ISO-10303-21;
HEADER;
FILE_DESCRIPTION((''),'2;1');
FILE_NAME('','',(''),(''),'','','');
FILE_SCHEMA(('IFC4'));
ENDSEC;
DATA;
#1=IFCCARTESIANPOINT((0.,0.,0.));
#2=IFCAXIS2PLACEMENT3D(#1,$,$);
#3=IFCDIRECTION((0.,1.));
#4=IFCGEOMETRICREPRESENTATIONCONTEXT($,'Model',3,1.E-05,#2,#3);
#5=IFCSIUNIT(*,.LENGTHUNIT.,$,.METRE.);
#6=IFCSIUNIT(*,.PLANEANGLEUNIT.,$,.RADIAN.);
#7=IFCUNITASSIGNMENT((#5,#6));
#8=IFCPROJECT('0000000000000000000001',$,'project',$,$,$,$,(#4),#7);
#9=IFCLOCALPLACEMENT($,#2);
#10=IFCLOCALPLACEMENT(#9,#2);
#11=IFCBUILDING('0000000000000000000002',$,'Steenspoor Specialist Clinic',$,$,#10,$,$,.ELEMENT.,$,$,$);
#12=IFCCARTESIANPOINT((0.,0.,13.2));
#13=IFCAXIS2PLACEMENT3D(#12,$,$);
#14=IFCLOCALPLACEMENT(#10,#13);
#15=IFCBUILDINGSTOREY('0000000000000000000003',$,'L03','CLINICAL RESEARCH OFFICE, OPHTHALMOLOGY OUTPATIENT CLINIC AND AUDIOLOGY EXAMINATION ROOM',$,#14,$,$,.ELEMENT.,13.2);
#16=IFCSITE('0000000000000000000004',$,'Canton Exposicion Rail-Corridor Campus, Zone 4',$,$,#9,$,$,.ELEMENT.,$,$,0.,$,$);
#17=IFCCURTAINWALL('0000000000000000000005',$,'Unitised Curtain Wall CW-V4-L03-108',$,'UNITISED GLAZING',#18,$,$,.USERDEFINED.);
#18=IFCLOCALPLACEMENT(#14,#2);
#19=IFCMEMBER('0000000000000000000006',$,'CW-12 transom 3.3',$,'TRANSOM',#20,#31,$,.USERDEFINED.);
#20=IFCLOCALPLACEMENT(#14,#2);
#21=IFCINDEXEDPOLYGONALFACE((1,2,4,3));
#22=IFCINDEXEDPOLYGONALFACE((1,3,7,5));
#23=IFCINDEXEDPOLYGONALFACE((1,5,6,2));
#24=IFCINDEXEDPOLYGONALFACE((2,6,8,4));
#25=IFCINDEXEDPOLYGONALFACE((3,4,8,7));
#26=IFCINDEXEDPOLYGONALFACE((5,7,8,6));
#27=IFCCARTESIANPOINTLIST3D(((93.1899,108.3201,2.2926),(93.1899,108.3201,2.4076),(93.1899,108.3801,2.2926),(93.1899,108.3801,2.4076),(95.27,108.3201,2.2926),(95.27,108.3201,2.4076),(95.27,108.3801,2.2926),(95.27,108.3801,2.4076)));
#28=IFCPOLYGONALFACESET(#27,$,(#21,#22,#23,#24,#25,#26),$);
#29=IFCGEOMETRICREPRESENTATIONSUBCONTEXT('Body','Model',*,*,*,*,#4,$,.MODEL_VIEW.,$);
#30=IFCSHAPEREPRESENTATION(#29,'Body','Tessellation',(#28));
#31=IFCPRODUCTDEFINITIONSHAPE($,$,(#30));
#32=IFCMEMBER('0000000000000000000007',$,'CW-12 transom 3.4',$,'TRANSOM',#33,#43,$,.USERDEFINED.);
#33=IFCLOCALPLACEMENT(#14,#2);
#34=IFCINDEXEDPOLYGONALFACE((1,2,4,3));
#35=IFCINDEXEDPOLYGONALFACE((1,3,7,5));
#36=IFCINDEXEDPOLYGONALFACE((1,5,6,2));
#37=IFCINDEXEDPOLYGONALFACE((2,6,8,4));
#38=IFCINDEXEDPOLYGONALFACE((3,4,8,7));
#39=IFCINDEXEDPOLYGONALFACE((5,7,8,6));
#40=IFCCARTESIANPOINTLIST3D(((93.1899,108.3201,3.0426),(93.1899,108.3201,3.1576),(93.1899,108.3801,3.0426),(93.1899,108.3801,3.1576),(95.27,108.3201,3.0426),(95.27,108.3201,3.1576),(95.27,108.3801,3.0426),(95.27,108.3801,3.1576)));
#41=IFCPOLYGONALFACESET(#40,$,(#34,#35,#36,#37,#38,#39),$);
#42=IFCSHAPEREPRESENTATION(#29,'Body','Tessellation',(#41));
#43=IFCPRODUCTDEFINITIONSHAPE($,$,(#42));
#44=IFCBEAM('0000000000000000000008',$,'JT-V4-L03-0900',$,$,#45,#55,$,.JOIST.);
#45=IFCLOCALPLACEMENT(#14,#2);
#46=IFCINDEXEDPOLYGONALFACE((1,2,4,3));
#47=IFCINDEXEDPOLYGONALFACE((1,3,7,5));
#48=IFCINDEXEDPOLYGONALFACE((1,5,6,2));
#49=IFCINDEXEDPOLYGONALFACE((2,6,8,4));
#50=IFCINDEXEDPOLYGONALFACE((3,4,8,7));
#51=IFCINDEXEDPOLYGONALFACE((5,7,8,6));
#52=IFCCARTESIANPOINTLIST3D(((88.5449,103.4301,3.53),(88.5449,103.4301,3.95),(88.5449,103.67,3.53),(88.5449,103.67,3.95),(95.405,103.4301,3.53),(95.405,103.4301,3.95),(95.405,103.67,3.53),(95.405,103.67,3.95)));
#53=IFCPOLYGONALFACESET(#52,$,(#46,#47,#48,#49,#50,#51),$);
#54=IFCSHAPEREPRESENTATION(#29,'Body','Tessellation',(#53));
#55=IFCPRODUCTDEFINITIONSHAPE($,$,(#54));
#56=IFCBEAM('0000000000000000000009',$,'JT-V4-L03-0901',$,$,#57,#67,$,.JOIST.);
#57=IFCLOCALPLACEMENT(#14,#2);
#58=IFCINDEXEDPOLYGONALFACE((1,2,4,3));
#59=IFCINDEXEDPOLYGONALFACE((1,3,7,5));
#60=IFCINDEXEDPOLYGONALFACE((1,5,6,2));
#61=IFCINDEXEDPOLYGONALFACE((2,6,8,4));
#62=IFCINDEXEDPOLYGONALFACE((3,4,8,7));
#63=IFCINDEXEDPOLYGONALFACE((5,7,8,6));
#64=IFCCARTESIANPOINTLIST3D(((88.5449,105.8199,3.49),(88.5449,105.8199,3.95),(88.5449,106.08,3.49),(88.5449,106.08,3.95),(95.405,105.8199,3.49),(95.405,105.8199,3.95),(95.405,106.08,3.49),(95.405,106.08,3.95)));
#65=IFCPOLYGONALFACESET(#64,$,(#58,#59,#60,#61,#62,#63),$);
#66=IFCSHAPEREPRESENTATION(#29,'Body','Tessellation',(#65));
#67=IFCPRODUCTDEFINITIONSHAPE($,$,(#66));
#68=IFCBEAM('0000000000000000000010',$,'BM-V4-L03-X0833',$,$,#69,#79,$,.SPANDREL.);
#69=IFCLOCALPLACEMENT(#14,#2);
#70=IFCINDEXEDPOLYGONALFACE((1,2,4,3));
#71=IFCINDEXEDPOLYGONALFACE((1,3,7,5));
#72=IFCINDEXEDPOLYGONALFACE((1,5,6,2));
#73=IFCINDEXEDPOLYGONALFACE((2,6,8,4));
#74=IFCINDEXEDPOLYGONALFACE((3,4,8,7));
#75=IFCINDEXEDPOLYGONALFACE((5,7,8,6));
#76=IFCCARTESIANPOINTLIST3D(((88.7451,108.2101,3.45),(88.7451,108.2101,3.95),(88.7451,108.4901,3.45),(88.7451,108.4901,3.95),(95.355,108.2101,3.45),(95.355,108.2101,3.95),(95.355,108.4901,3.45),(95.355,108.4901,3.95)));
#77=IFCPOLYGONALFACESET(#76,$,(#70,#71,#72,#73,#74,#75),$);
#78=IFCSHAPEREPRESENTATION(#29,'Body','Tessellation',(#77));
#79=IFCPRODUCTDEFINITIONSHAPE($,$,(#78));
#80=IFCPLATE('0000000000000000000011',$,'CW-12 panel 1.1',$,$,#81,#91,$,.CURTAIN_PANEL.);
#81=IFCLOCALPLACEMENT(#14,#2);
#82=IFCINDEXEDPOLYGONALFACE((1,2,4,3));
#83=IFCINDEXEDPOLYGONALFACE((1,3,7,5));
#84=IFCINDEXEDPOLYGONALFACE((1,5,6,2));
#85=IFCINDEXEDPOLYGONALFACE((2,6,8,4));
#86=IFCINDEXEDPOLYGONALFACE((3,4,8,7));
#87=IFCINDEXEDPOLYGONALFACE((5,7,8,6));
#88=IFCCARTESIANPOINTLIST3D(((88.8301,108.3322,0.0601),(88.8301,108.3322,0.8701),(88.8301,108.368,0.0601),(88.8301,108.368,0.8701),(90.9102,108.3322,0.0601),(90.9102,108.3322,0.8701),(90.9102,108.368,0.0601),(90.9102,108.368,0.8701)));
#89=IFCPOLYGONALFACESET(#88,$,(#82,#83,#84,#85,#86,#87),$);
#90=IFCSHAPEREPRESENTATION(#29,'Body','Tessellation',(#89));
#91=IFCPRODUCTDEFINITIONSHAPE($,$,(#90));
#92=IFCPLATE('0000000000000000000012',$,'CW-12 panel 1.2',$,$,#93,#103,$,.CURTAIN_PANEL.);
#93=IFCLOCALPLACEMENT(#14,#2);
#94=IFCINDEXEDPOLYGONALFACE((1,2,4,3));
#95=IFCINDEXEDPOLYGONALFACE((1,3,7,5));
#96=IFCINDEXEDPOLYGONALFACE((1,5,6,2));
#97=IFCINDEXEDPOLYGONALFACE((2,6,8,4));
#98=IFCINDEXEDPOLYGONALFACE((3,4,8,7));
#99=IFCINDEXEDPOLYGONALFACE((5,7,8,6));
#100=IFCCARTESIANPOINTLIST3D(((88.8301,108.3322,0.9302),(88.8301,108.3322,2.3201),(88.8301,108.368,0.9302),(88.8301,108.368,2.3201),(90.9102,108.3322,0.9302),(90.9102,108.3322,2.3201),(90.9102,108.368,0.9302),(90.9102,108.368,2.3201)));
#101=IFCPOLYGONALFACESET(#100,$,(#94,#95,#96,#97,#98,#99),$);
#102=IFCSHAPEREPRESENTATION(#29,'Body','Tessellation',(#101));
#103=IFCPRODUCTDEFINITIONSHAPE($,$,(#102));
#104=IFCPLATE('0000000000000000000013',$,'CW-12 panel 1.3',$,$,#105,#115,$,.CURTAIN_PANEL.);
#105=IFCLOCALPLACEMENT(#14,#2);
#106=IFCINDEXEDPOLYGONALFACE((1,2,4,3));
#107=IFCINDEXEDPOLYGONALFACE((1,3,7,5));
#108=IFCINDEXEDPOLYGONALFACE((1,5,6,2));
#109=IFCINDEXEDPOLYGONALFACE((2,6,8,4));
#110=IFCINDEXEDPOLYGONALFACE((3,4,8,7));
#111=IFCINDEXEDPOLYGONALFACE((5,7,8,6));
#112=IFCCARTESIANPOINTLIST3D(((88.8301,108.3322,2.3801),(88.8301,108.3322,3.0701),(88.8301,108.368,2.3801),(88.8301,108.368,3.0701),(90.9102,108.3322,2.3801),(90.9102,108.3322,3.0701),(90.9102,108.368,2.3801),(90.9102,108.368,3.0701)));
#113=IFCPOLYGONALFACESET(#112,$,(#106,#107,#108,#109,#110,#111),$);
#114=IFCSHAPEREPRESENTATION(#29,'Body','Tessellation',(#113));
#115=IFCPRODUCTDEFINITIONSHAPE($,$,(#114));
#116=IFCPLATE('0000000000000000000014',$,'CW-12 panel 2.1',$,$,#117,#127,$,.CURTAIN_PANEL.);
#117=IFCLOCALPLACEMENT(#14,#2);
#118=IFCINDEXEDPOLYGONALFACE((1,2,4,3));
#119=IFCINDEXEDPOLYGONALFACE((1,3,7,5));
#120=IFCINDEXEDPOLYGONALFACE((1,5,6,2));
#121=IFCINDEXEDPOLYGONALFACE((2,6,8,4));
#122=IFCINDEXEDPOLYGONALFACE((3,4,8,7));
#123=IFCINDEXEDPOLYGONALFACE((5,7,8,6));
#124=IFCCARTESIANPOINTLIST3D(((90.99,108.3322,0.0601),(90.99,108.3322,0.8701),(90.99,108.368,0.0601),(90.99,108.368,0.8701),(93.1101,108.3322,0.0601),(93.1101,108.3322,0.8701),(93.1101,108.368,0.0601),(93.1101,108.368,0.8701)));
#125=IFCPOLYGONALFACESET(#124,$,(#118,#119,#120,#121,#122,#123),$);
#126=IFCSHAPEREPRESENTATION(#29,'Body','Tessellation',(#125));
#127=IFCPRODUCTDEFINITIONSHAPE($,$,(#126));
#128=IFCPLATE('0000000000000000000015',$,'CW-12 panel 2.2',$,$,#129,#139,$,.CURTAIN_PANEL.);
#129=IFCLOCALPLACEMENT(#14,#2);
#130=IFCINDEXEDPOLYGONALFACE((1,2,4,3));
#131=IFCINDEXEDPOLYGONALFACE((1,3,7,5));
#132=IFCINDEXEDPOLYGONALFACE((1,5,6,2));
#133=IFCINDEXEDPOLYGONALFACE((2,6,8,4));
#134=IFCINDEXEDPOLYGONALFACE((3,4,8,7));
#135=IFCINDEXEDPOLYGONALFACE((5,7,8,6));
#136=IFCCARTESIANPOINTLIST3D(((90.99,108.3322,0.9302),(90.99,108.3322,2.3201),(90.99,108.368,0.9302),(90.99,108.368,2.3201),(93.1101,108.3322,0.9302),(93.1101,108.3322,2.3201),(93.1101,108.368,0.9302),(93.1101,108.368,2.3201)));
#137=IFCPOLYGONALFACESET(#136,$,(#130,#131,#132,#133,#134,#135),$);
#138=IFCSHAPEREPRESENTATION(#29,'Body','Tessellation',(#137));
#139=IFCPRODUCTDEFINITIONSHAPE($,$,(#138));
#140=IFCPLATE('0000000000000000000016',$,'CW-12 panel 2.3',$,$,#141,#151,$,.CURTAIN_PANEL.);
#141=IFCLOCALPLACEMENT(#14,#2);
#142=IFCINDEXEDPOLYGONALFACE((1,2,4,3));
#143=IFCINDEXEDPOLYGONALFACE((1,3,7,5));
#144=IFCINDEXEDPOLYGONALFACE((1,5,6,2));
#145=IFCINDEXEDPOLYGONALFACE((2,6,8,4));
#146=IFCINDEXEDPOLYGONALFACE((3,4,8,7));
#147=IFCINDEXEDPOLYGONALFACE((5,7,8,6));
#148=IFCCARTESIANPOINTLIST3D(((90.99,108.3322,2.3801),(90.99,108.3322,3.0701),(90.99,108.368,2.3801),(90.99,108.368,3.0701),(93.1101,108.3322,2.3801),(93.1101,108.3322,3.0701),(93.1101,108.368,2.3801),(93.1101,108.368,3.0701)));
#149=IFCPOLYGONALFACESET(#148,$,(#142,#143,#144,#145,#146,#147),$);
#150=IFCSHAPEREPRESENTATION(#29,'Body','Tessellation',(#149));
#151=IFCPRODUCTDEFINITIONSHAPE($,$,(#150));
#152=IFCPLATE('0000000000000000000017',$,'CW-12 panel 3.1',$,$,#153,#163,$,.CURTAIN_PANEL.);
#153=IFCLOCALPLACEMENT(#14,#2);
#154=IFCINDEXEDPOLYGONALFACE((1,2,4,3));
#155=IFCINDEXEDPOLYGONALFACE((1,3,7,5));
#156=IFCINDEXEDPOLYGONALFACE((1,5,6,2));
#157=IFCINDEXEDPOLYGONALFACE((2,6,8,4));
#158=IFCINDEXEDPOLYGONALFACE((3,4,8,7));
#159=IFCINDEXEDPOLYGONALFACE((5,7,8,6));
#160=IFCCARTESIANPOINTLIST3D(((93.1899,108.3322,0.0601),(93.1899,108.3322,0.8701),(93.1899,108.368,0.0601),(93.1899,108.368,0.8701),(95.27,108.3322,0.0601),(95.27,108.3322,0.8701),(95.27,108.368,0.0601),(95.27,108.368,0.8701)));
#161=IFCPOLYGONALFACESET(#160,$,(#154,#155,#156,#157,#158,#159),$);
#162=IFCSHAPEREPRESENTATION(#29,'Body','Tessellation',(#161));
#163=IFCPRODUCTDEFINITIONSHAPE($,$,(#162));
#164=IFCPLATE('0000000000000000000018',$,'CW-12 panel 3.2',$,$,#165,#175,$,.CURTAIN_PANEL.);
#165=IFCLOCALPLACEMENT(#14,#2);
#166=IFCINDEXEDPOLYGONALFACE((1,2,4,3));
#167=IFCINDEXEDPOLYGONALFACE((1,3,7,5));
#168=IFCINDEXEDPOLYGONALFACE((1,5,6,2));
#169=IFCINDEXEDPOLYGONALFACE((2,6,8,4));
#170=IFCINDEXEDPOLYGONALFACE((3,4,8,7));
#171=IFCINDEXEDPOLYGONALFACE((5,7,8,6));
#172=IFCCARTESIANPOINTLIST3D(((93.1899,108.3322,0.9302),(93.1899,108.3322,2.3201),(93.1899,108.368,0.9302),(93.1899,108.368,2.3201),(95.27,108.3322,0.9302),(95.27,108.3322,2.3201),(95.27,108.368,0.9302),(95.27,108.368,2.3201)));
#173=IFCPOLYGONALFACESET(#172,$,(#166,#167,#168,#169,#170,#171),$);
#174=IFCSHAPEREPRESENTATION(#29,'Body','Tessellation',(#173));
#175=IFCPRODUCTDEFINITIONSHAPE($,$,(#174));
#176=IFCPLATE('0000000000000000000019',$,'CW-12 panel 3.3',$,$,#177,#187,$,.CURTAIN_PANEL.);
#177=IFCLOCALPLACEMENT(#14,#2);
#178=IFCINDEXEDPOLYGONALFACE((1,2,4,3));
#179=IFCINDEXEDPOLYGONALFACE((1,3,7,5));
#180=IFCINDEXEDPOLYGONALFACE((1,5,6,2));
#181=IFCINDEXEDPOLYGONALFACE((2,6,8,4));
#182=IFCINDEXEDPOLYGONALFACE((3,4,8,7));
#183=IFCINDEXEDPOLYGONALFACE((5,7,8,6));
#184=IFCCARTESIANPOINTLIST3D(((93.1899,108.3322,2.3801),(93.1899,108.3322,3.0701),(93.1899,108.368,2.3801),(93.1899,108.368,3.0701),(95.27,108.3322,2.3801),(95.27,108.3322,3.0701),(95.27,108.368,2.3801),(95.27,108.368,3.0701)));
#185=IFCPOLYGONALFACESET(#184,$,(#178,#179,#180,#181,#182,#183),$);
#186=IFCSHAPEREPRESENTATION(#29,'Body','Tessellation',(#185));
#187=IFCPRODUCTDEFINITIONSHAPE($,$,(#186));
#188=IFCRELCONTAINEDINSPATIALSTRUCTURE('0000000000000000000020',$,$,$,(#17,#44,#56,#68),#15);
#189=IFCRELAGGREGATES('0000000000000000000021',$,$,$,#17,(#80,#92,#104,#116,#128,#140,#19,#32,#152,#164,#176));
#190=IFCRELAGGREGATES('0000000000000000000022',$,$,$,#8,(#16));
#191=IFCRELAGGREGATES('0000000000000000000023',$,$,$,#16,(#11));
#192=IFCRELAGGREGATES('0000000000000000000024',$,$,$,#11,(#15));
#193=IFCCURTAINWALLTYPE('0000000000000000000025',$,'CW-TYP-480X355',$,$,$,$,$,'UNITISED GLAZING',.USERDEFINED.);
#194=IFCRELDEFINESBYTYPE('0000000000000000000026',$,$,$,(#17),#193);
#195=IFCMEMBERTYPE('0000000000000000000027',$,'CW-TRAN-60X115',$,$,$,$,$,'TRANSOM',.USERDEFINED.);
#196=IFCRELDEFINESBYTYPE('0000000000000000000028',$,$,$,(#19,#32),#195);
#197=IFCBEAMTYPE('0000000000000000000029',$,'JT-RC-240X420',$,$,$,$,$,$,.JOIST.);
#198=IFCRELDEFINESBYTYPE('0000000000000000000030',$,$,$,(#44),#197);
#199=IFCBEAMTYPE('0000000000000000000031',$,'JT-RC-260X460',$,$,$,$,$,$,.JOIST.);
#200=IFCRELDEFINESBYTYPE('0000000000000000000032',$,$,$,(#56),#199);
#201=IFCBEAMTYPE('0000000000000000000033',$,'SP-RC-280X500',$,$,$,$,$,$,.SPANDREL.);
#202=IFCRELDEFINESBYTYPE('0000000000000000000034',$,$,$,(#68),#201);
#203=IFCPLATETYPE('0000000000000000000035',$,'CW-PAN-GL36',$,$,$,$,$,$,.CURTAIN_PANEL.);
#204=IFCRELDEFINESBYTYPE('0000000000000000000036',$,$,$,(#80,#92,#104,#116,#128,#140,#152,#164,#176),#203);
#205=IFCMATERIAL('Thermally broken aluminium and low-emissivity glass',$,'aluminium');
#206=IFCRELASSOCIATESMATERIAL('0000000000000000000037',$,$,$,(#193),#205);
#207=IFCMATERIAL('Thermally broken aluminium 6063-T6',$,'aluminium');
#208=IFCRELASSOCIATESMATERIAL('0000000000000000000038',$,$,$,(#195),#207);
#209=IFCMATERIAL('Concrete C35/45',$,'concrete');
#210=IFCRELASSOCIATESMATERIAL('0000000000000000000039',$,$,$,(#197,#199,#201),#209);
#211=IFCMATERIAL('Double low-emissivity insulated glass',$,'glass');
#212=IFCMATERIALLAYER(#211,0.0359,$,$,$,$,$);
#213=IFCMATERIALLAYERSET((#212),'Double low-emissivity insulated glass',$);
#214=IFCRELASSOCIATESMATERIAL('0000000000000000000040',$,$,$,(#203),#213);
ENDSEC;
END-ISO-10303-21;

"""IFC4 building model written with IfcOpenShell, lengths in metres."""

from ifc_helpers import new_model, si_unit, direction, frame, origin, origin_2d, place, context, subcontext, project, spatial, rectangle, extrude, material, layer, layer_set, material_profile, profile_set, type_object, element, aggregate, save


model = new_model("IFC4")

# Units and contexts
model_context = context("Model", 3, precision=1e-05, world=origin(), true_north=direction((0.0, 1.0)))
body_context = subcontext(model_context, "Body", "Model", "MODEL_VIEW")
ifc_project = project(units=[si_unit("LENGTHUNIT", "METRE"), si_unit("PLANEANGLEUNIT", "RADIAN")], contexts=[model_context])

# Site, building, storey
site_placement = place(None, origin())
site = spatial("IfcSite", under=ifc_project, at=site_placement, Name="Canton Exposicion Rail-Corridor Campus, Zone 4", CompositionType="ELEMENT", RefElevation=0.0)
building_placement = place(site_placement, origin())
building = spatial("IfcBuilding", under=site, at=building_placement, Name="Steenspoor Specialist Clinic", CompositionType="ELEMENT")
storey_placement = place(building_placement, frame((0.0, 0.0, 13.2)))
storey = spatial("IfcBuildingStorey", under=building, at=storey_placement, Name="L03", Description="CLINICAL RESEARCH OFFICE, OPHTHALMOLOGY OUTPATIENT CLINIC AND AUDIOLOGY EXAMINATION ROOM", CompositionType="ELEMENT", Elevation=13.2)

# Shared definitions
ifc_material_1 = material(Name="Concrete C35/45", Category="concrete")

# Curtain wall, members
ifc_material_2 = material(Name="Thermally broken aluminium and low-emissivity glass", Category="aluminium")
curtain_wall_type = type_object("IfcCurtainWallType", Name="CW-TYP-480X355", ElementType="UNITISED GLAZING", PredefinedType="USERDEFINED", material=ifc_material_2)
curtain_wall_placement = place(storey_placement, origin())
curtain_wall = element("IfcCurtainWall", 1, at=curtain_wall_placement, inside=storey, type_object=curtain_wall_type, Name="Unitised Curtain Wall CW-V4-L03-108", ObjectType="UNITISED GLAZING", PredefinedType="USERDEFINED")
ifc_material_3 = material(Name="Thermally broken aluminium 6063-T6", Category="aluminium")
ifc_material_profile_1 = material_profile(ifc_material_3, rectangle(XDim=0.0601, YDim=0.115, at=origin_2d()), Name="CWT-60X115")
ifc_profile_set_1 = profile_set([ifc_material_profile_1], Name="Thermally broken aluminium 6063-T6")
member_type_1 = type_object("IfcMemberType", Name="CW-TRAN-60X115", ElementType="TRANSOM", PredefinedType="USERDEFINED", material=ifc_profile_set_1)
member_1_placement = place(storey_placement, frame((93.1899, 108.3501, 2.3501), z_axis=(1.0, 0.0, 0.0), x_axis=(0.0, 1.0, 0.0)))
member_1 = element("IfcMember", 2, at=member_1_placement, type_object=member_type_1, Name="CW-12 transom 3.3", ObjectType="TRANSOM", PredefinedType="USERDEFINED", context=body_context, shape_type="SweptSolid", body=[
    extrude(rectangle(XDim=0.0601, YDim=0.115, at=origin_2d()), origin(), (0.0, 0.0, 1.0), 2.0801),
])
member_2_placement = place(storey_placement, frame((93.1899, 108.3501, 3.1001), z_axis=(1.0, 0.0, 0.0), x_axis=(0.0, 1.0, 0.0)))
member_2 = element("IfcMember", 3, at=member_2_placement, type_object=member_type_1, Name="CW-12 transom 3.4", ObjectType="TRANSOM", PredefinedType="USERDEFINED", context=body_context, shape_type="SweptSolid", body=[
    extrude(rectangle(XDim=0.0601, YDim=0.115, at=origin_2d()), origin(), (0.0, 0.0, 1.0), 2.0801),
])

# Beams
ifc_material_profile_2 = material_profile(ifc_material_1, rectangle(XDim=0.24, YDim=0.4199, at=origin_2d()), Name="RC-JT-240X420")
ifc_profile_set_2 = profile_set([ifc_material_profile_2], Name="Concrete C35/45")
beam_type_1 = type_object("IfcBeamType", Name="JT-RC-240X420", PredefinedType="JOIST", material=ifc_profile_set_2)
beam_1_placement = place(storey_placement, frame((88.5449, 103.55, 3.74), z_axis=(1.0, 0.0, 0.0), x_axis=(0.0, 1.0, 0.0)))
element("IfcBeam", 4, at=beam_1_placement, inside=storey, type_object=beam_type_1, Name="JT-V4-L03-0900", PredefinedType="JOIST", context=body_context, shape_type="SweptSolid", body=[
    extrude(rectangle(XDim=0.24, YDim=0.4199, at=origin_2d()), origin(), (0.0, 0.0, 1.0), 6.8601),
])
ifc_material_profile_3 = material_profile(ifc_material_1, rectangle(XDim=0.26, YDim=0.46, at=origin_2d()), Name="RC-JT-260X460")
ifc_profile_set_3 = profile_set([ifc_material_profile_3], Name="Concrete C35/45")
beam_type_2 = type_object("IfcBeamType", Name="JT-RC-260X460", PredefinedType="JOIST", material=ifc_profile_set_3)
beam_2_placement = place(storey_placement, frame((88.5449, 105.95, 3.72), z_axis=(1.0, 0.0, 0.0), x_axis=(0.0, 1.0, 0.0)))
element("IfcBeam", 5, at=beam_2_placement, inside=storey, type_object=beam_type_2, Name="JT-V4-L03-0901", PredefinedType="JOIST", context=body_context, shape_type="SweptSolid", body=[
    extrude(rectangle(XDim=0.26, YDim=0.46, at=origin_2d()), origin(), (0.0, 0.0, 1.0), 6.8601),
])
ifc_material_profile_4 = material_profile(ifc_material_1, rectangle(XDim=0.28, YDim=0.5, at=origin_2d()), Name="RC-SP-280X500")
ifc_profile_set_4 = profile_set([ifc_material_profile_4], Name="Concrete C35/45")
beam_type_3 = type_object("IfcBeamType", Name="SP-RC-280X500", PredefinedType="SPANDREL", material=ifc_profile_set_4)
beam_3_placement = place(storey_placement, frame((88.7451, 108.3501, 3.7), z_axis=(1.0, 0.0, 0.0), x_axis=(0.0, 1.0, 0.0)))
element("IfcBeam", 6, at=beam_3_placement, inside=storey, type_object=beam_type_3, Name="BM-V4-L03-X0833", PredefinedType="SPANDREL", context=body_context, shape_type="SweptSolid", body=[
    extrude(rectangle(XDim=0.28, YDim=0.5, at=origin_2d()), origin(), (0.0, 0.0, 1.0), 6.6099),
])

# Plates
ifc_material_4 = material(Name="Double low-emissivity insulated glass", Category="glass")
ifc_layer_1 = layer(ifc_material_4, 0.0359)
ifc_layer_set_1 = layer_set([ifc_layer_1], Name="Double low-emissivity insulated glass")
plate_type = type_object("IfcPlateType", Name="CW-PAN-GL36", PredefinedType="CURTAIN_PANEL", material=ifc_layer_set_1)
plate_1_placement = place(storey_placement, frame((89.8701, 108.3501, 0.0601), z_axis=(0.0, 0.0, 1.0), x_axis=(1.0, 0.0, 0.0)))
plate_1 = element("IfcPlate", 7, at=plate_1_placement, type_object=plate_type, Name="CW-12 panel 1.1", PredefinedType="CURTAIN_PANEL", context=body_context, shape_type="SweptSolid", body=[
    extrude(rectangle(XDim=2.0801, YDim=0.0359, at=origin_2d()), origin(), (0.0, 0.0, 1.0), 0.8101),
])
plate_2_placement = place(storey_placement, frame((89.8701, 108.3501, 0.9302), z_axis=(0.0, 0.0, 1.0), x_axis=(1.0, 0.0, 0.0)))
plate_2 = element("IfcPlate", 8, at=plate_2_placement, type_object=plate_type, Name="CW-12 panel 1.2", PredefinedType="CURTAIN_PANEL", context=body_context, shape_type="SweptSolid", body=[
    extrude(rectangle(XDim=2.0801, YDim=0.0359, at=origin_2d()), origin(), (0.0, 0.0, 1.0), 1.3899),
])
plate_3_placement = place(storey_placement, frame((89.8701, 108.3501, 2.3801), z_axis=(0.0, 0.0, 1.0), x_axis=(1.0, 0.0, 0.0)))
plate_3 = element("IfcPlate", 9, at=plate_3_placement, type_object=plate_type, Name="CW-12 panel 1.3", PredefinedType="CURTAIN_PANEL", context=body_context, shape_type="SweptSolid", body=[
    extrude(rectangle(XDim=2.0801, YDim=0.0359, at=origin_2d()), origin(), (0.0, 0.0, 1.0), 0.6899),
])
plate_4_placement = place(storey_placement, frame((92.05, 108.3501, 0.0601), z_axis=(0.0, 0.0, 1.0), x_axis=(1.0, 0.0, 0.0)))
plate_4 = element("IfcPlate", 10, at=plate_4_placement, type_object=plate_type, Name="CW-12 panel 2.1", PredefinedType="CURTAIN_PANEL", context=body_context, shape_type="SweptSolid", body=[
    extrude(rectangle(XDim=2.1201, YDim=0.0359, at=origin_2d()), origin(), (0.0, 0.0, 1.0), 0.8101),
])
plate_5_placement = place(storey_placement, frame((92.05, 108.3501, 0.9302), z_axis=(0.0, 0.0, 1.0), x_axis=(1.0, 0.0, 0.0)))
plate_5 = element("IfcPlate", 11, at=plate_5_placement, type_object=plate_type, Name="CW-12 panel 2.2", PredefinedType="CURTAIN_PANEL", context=body_context, shape_type="SweptSolid", body=[
    extrude(rectangle(XDim=2.1201, YDim=0.0359, at=origin_2d()), origin(), (0.0, 0.0, 1.0), 1.3899),
])
plate_6_placement = place(storey_placement, frame((92.05, 108.3501, 2.3801), z_axis=(0.0, 0.0, 1.0), x_axis=(1.0, 0.0, 0.0)))
plate_6 = element("IfcPlate", 12, at=plate_6_placement, type_object=plate_type, Name="CW-12 panel 2.3", PredefinedType="CURTAIN_PANEL", context=body_context, shape_type="SweptSolid", body=[
    extrude(rectangle(XDim=2.1201, YDim=0.0359, at=origin_2d()), origin(), (0.0, 0.0, 1.0), 0.6899),
])
plate_7_placement = place(storey_placement, frame((94.23, 108.3501, 0.0601), z_axis=(0.0, 0.0, 1.0), x_axis=(1.0, 0.0, 0.0)))
plate_7 = element("IfcPlate", 13, at=plate_7_placement, type_object=plate_type, Name="CW-12 panel 3.1", PredefinedType="CURTAIN_PANEL", context=body_context, shape_type="SweptSolid", body=[
    extrude(rectangle(XDim=2.0801, YDim=0.0359, at=origin_2d()), origin(), (0.0, 0.0, 1.0), 0.8101),
])
plate_8_placement = place(storey_placement, frame((94.23, 108.3501, 0.9302), z_axis=(0.0, 0.0, 1.0), x_axis=(1.0, 0.0, 0.0)))
plate_8 = element("IfcPlate", 14, at=plate_8_placement, type_object=plate_type, Name="CW-12 panel 3.2", PredefinedType="CURTAIN_PANEL", context=body_context, shape_type="SweptSolid", body=[
    extrude(rectangle(XDim=2.0801, YDim=0.0359, at=origin_2d()), origin(), (0.0, 0.0, 1.0), 1.3899),
])
plate_9_placement = place(storey_placement, frame((94.23, 108.3501, 2.3801), z_axis=(0.0, 0.0, 1.0), x_axis=(1.0, 0.0, 0.0)))
plate_9 = element("IfcPlate", 15, at=plate_9_placement, type_object=plate_type, Name="CW-12 panel 3.3", PredefinedType="CURTAIN_PANEL", context=body_context, shape_type="SweptSolid", body=[
    extrude(rectangle(XDim=2.0801, YDim=0.0359, at=origin_2d()), origin(), (0.0, 0.0, 1.0), 0.6899),
])
aggregate(curtain_wall, [plate_1, plate_2, plate_3, plate_4, plate_5, plate_6, member_1, member_2, plate_7, plate_8, plate_9])

save(model, "model.ifc")
